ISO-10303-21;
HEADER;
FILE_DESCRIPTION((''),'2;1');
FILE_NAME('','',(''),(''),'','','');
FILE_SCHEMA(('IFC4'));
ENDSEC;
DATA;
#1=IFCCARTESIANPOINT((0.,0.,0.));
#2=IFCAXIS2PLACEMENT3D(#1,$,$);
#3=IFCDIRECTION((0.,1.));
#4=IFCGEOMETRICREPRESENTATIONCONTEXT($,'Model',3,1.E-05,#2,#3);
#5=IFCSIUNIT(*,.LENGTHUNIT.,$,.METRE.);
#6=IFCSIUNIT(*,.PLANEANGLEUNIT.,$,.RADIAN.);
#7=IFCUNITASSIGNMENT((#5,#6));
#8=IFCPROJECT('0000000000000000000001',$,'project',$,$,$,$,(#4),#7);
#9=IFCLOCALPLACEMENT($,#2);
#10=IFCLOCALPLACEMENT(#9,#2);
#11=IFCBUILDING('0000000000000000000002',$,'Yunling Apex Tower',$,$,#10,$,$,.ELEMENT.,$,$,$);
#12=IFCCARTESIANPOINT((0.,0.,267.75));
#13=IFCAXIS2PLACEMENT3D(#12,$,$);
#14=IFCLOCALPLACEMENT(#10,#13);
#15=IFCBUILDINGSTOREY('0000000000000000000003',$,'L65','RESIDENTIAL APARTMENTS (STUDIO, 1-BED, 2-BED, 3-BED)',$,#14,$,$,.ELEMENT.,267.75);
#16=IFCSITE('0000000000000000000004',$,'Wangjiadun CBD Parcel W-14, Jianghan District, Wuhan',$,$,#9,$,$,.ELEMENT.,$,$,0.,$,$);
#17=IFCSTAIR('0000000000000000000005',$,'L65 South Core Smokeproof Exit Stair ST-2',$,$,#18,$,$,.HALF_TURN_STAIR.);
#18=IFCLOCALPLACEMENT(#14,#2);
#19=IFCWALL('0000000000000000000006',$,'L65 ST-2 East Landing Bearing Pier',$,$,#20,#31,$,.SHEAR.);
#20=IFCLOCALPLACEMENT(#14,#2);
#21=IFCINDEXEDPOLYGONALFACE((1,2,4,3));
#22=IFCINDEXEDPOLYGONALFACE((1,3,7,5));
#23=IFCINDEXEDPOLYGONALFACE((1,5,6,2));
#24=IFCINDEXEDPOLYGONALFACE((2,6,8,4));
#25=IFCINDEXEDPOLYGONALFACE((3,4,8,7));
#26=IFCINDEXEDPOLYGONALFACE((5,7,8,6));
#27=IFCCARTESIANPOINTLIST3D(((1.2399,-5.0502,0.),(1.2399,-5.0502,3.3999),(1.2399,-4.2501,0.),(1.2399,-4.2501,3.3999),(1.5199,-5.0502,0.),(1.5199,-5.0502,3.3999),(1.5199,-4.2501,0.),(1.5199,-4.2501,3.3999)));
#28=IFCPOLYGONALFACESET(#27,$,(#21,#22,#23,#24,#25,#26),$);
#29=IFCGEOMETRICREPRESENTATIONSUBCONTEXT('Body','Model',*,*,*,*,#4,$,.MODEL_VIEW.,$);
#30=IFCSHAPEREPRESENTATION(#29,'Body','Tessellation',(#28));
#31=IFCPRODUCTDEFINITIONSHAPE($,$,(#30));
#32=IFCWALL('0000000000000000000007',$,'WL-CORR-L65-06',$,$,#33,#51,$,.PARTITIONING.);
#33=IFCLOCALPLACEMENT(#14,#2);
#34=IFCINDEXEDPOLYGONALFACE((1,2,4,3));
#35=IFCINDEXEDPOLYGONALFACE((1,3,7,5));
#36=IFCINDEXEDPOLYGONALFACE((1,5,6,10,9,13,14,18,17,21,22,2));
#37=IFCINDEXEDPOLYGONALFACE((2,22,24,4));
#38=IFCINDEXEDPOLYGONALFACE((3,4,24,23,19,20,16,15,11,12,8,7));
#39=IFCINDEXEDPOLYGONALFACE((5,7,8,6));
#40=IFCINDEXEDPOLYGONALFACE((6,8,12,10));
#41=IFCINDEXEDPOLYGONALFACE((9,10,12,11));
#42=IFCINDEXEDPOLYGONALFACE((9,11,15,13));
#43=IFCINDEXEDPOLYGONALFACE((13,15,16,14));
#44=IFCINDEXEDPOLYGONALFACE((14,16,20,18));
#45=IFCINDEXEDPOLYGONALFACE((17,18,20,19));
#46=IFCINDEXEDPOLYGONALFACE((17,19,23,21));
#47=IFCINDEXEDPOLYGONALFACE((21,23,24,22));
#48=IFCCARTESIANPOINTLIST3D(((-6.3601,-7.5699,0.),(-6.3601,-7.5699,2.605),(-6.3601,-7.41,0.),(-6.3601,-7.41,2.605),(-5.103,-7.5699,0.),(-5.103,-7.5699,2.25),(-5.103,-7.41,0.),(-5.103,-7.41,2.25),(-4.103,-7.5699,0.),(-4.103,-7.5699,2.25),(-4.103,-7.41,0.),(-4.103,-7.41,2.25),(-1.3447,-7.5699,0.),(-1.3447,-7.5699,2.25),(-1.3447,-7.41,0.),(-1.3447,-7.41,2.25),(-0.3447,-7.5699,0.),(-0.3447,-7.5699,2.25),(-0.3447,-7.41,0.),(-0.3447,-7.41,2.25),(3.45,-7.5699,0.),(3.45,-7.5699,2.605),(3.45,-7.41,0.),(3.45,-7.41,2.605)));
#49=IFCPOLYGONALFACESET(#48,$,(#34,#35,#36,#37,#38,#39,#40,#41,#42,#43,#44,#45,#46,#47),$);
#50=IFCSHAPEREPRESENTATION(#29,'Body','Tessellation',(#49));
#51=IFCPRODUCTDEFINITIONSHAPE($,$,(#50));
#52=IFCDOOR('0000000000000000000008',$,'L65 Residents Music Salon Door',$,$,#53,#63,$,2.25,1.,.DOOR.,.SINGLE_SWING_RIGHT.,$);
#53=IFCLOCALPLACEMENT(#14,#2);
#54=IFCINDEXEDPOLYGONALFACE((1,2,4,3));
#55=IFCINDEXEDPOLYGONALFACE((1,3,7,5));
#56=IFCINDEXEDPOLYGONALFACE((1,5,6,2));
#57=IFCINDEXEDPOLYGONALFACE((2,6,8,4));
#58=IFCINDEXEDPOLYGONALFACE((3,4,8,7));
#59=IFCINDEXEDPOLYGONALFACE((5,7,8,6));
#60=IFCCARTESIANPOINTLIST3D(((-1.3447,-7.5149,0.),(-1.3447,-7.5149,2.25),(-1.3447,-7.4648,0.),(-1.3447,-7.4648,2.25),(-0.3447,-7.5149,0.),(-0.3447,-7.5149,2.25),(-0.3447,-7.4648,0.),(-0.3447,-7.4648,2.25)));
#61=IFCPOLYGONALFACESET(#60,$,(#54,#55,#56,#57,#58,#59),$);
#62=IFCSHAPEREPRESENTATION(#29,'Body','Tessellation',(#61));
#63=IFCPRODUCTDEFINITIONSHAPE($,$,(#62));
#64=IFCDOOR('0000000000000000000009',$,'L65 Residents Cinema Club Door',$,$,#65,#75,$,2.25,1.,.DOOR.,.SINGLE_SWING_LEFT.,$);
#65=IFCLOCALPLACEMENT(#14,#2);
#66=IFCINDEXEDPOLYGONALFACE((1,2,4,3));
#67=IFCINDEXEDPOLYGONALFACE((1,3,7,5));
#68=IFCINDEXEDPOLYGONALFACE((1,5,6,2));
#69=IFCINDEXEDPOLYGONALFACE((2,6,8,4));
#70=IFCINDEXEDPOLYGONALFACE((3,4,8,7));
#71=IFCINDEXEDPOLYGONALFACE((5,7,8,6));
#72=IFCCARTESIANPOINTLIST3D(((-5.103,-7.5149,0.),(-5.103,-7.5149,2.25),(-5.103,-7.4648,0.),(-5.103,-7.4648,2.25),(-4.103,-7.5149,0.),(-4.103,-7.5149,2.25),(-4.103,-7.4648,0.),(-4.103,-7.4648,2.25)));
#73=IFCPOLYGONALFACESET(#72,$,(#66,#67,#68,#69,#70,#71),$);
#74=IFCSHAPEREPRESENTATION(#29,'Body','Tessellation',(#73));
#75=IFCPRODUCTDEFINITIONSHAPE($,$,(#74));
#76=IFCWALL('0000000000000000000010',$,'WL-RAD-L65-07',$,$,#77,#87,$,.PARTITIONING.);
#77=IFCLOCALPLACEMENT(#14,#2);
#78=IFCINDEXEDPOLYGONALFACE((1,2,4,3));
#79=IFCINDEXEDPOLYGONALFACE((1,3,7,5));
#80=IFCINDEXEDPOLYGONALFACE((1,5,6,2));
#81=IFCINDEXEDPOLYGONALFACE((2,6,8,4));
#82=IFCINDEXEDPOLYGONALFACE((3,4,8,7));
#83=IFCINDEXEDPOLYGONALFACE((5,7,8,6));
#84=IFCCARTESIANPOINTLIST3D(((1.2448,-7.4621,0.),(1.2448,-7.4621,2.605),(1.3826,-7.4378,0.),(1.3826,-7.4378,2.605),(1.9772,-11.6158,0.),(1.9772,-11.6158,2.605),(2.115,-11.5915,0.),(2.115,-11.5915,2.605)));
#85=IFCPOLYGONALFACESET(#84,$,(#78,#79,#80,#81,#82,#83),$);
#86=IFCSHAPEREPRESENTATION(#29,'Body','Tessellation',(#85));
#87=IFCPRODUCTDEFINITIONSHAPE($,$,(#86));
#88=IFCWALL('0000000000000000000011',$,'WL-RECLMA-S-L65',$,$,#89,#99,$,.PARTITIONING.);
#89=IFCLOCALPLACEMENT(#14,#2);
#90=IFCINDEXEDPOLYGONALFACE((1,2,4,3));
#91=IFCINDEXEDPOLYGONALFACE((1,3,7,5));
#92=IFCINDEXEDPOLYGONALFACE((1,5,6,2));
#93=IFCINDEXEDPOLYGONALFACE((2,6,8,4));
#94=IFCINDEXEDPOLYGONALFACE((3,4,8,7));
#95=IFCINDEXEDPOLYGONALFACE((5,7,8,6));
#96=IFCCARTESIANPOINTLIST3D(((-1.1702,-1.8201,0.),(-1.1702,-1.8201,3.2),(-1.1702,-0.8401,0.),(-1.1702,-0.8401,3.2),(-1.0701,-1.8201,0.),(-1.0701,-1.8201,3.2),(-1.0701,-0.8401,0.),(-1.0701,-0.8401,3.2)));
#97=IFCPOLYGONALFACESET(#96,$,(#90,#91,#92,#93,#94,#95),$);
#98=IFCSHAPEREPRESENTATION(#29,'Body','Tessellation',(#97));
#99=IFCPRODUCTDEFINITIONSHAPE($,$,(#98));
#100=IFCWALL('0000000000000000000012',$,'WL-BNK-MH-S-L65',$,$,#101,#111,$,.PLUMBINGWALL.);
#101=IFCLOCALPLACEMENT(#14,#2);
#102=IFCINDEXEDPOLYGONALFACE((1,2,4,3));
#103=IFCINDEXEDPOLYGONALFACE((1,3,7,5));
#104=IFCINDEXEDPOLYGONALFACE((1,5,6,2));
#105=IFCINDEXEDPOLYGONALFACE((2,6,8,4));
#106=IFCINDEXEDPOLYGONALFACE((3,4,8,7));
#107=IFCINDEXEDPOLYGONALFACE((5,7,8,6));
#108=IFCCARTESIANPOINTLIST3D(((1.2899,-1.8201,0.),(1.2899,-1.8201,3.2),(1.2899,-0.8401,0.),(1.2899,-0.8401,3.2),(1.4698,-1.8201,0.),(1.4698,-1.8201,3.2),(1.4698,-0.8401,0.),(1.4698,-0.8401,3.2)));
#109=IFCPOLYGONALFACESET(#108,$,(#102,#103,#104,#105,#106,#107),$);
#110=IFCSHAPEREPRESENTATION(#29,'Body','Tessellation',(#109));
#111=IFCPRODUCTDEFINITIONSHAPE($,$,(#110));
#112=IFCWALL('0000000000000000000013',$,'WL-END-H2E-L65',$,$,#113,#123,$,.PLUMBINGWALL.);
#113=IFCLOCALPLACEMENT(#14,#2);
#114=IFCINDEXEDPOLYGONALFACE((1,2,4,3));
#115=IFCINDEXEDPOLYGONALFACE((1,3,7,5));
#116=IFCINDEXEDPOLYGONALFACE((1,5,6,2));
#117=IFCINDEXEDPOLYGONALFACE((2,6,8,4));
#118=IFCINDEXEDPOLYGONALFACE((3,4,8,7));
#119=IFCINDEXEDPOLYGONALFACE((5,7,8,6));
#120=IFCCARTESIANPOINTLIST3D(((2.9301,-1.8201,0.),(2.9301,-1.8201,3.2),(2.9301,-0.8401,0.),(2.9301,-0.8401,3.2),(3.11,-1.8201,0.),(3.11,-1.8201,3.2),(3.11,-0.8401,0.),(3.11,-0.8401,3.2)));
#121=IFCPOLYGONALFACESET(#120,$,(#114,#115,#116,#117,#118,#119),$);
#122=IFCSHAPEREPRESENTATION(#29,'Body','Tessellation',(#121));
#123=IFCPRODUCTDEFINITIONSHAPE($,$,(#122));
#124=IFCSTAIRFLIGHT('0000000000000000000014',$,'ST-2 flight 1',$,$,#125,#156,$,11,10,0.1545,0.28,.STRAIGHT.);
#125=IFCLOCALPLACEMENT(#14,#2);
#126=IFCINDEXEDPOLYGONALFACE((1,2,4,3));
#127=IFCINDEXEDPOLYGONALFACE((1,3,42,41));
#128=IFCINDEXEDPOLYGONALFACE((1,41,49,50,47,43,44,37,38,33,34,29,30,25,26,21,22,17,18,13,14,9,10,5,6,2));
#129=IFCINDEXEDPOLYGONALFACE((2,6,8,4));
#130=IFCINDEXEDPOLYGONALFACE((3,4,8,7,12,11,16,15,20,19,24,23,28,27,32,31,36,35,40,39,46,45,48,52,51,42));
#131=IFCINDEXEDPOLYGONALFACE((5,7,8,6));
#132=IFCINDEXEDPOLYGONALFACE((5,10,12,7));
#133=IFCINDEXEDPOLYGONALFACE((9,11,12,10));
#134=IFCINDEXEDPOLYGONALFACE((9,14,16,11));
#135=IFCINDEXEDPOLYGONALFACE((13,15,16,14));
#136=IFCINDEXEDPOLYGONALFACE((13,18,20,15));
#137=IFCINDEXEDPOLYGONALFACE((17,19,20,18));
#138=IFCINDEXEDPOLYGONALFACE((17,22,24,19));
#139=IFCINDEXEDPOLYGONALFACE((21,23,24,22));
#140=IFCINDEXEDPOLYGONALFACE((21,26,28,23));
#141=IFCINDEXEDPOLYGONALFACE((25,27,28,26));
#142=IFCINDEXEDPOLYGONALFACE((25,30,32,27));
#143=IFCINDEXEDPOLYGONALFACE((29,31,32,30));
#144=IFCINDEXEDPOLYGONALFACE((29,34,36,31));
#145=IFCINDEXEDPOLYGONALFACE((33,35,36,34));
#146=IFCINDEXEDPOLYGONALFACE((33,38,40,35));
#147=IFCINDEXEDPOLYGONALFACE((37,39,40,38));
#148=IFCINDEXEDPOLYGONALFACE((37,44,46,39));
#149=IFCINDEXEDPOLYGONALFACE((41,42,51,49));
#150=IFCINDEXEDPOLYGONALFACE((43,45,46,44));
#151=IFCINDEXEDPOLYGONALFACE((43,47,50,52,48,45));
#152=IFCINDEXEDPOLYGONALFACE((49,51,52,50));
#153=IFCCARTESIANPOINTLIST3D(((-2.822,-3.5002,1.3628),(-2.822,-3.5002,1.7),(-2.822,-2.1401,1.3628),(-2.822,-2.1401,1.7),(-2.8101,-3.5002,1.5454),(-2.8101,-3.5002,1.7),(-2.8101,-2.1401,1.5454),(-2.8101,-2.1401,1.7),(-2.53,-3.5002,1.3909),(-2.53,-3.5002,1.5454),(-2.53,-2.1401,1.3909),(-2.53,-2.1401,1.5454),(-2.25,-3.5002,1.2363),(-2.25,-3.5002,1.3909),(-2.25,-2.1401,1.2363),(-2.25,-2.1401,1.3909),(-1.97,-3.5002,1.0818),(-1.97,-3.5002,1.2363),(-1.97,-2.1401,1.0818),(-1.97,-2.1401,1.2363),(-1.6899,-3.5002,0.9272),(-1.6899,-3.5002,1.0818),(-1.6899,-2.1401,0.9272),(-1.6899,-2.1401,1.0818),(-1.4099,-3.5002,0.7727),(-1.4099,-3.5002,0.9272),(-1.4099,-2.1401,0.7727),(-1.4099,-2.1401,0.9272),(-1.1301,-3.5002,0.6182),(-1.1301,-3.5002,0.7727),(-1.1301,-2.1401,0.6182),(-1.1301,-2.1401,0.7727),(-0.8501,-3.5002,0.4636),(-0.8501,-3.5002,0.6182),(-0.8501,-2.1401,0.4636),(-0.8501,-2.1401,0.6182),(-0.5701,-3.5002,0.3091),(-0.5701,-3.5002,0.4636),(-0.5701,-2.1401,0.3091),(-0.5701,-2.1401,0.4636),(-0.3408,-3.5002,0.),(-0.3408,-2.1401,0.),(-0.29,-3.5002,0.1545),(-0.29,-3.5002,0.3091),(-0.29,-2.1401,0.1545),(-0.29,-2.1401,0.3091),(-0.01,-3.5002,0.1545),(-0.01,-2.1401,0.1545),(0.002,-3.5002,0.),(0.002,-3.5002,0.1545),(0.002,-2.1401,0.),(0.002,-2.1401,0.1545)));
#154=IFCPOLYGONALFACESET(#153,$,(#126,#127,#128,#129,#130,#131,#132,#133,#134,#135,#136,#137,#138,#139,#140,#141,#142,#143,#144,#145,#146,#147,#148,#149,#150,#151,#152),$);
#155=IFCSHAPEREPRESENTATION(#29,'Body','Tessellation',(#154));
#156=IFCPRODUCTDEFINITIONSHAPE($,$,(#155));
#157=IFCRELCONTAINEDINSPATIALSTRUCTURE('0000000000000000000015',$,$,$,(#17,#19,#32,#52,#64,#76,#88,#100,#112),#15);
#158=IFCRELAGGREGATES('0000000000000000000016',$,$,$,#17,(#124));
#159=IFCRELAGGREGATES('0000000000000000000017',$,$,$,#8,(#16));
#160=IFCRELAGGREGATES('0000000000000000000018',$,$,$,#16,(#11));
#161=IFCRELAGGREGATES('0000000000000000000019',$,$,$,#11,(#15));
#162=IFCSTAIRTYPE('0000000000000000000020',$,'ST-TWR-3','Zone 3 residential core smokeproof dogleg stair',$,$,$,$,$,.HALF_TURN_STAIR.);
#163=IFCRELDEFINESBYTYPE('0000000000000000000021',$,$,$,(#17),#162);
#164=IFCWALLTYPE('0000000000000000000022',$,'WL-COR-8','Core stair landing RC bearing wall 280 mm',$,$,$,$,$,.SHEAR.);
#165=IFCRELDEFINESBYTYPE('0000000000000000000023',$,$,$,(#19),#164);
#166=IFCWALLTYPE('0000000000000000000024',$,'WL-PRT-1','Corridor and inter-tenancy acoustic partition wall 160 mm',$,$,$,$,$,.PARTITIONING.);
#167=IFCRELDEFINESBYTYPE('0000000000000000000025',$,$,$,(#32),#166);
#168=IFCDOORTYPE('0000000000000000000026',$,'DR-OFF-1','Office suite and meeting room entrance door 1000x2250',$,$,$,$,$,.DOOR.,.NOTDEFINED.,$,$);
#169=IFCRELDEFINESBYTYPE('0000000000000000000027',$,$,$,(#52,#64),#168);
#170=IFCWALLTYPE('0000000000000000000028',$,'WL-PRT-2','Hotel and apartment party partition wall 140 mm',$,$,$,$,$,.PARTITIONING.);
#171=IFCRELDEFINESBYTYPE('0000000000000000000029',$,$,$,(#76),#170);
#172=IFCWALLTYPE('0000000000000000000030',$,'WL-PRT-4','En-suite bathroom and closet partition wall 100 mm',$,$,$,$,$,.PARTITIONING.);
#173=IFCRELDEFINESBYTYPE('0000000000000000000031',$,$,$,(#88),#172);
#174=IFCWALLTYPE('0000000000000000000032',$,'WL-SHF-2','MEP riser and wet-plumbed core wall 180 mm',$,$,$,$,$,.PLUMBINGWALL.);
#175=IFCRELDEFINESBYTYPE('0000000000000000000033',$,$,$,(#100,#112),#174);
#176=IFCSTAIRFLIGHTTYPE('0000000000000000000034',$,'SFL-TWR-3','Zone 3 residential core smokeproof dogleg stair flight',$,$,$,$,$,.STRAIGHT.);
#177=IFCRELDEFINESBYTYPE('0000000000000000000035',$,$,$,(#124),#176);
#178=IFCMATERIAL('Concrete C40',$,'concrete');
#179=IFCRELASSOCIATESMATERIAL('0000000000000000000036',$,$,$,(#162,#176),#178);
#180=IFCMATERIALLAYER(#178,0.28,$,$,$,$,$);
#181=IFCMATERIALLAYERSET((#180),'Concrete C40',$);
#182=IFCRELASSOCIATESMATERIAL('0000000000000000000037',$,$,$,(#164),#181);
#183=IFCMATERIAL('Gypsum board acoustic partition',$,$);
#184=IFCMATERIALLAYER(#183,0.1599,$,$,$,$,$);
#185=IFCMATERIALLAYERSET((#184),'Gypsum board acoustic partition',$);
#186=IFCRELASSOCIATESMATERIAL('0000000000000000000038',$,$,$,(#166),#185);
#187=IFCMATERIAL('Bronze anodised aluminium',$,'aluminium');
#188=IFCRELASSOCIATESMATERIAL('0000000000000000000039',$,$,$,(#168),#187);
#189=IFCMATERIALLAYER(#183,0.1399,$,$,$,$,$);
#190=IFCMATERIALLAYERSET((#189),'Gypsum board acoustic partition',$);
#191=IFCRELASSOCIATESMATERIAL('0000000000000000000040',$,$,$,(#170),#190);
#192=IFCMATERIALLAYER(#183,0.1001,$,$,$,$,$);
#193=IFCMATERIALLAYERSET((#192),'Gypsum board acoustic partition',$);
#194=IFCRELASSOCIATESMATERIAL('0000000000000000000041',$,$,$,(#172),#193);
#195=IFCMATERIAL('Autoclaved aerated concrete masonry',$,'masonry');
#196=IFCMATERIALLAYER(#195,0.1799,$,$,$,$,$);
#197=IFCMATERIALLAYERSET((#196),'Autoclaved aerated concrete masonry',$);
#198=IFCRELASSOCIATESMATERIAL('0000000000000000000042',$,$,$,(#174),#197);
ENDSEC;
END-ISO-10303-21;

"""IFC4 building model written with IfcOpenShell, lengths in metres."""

from ifc_helpers import new_model, si_unit, direction, frame, frame_2d, origin, place, context, subcontext, project, spatial, polyline, rectangle, outline, extrude, material, layer, layer_set, type_object, element, fill, aggregate, save


model = new_model("IFC4")

# Units and contexts
model_context = context("Model", 3, precision=1e-05, world=origin(), true_north=direction((0.0, 1.0)))
body_context = subcontext(model_context, "Body", "Model", "MODEL_VIEW")
ifc_project = project(units=[si_unit("LENGTHUNIT", "METRE"), si_unit("PLANEANGLEUNIT", "RADIAN")], contexts=[model_context])

# Site, building, storey
site_placement = place(None, origin())
site = spatial("IfcSite", under=ifc_project, at=site_placement, Name="Wangjiadun CBD Parcel W-14, Jianghan District, Wuhan", CompositionType="ELEMENT", RefElevation=0.0)
building_placement = place(site_placement, origin())
building = spatial("IfcBuilding", under=site, at=building_placement, Name="Yunling Apex Tower", CompositionType="ELEMENT")
storey_placement = place(building_placement, frame((0.0, 0.0, 267.75)))
storey = spatial("IfcBuildingStorey", under=building, at=storey_placement, Name="L65", Description="RESIDENTIAL APARTMENTS (STUDIO, 1-BED, 2-BED, 3-BED)", CompositionType="ELEMENT", Elevation=267.75)

# Shared definitions
ifc_material_1 = material(Name="Bronze anodised aluminium", Category="aluminium")

# Shared definitions
ifc_material_2 = material(Name="Concrete C40", Category="concrete")

# Stair
stair_type = type_object("IfcStairType", Name="ST-TWR-3", Description="Zone 3 residential core smokeproof dogleg stair", PredefinedType="HALF_TURN_STAIR", material=ifc_material_2)
stair_1_placement = place(storey_placement, origin())
stair_1 = element("IfcStair", 1, at=stair_1_placement, inside=storey, type_object=stair_type, Name="L65 South Core Smokeproof Exit Stair ST-2", PredefinedType="HALF_TURN_STAIR")

# Wall
ifc_layer_1 = layer(ifc_material_2, 0.28)
ifc_layer_set_1 = layer_set([ifc_layer_1], Name="Concrete C40")
wall_type_1 = type_object("IfcWallType", Name="WL-COR-8", Description="Core stair landing RC bearing wall 280 mm", PredefinedType="SHEAR", material=ifc_layer_set_1)
wall_1_placement = place(storey_placement, frame((1.3799, -5.05, 0.0), z_axis=(0.0, 0.0, 1.0), x_axis=(0.0, 1.0, 0.0)))
element("IfcWall", 2, at=wall_1_placement, inside=storey, type_object=wall_type_1, Name="L65 ST-2 East Landing Bearing Pier", PredefinedType="SHEAR", context=body_context, shape_type="SweptSolid", body=[
    extrude(rectangle(XDim=0.8, YDim=0.28, at=frame_2d((0.3999, 0.0))), origin(), (0.0, 0.0, 1.0), 3.3999),
])

# Wall, openings, doors
ifc_material_3 = material(Name="Gypsum board acoustic partition")
ifc_layer_2 = layer(ifc_material_3, 0.1599)
ifc_layer_set_2 = layer_set([ifc_layer_2], Name="Gypsum board acoustic partition")
wall_type_2 = type_object("IfcWallType", Name="WL-PRT-1", Description="Corridor and inter-tenancy acoustic partition wall 160 mm", PredefinedType="PARTITIONING", material=ifc_layer_set_2)
wall_2_placement = place(storey_placement, frame((3.45, -7.49, 0.0), z_axis=(0.0, 0.0, 1.0), x_axis=(-1.0, 0.0, 0.0)))
wall_2 = element("IfcWall", 3, at=wall_2_placement, inside=storey, type_object=wall_type_2, Name="WL-CORR-L65-06", PredefinedType="PARTITIONING", context=body_context, shape_type="SweptSolid", body=[
    extrude(rectangle(XDim=9.8101, YDim=0.1599, at=frame_2d((4.905, 0.0))), origin(), (0.0, 0.0, 1.0), 2.605),
])
opening_1_placement = place(wall_2_placement, frame((3.7947, 0.0, 0.0)))
opening_1 = element("IfcOpeningElement", 4, at=opening_1_placement, cuts=wall_2, PredefinedType="OPENING", context=body_context, shape_type="SweptSolid", body=[
    extrude(rectangle(XDim=1.0, YDim=2.25, at=frame_2d((0.5, 1.125))), frame((0.0, 0.0898, 0.0), z_axis=(0.0, -1.0, 0.0), x_axis=(1.0, 0.0, 0.0)), (0.0, 0.0, 1.0), 0.1799),
])
opening_2_placement = place(wall_2_placement, frame((7.553, 0.0, 0.0)))
opening_2 = element("IfcOpeningElement", 5, at=opening_2_placement, cuts=wall_2, PredefinedType="OPENING", context=body_context, shape_type="SweptSolid", body=[
    extrude(rectangle(XDim=1.0, YDim=2.25, at=frame_2d((0.5, 1.125))), frame((0.0, 0.0898, 0.0), z_axis=(0.0, -1.0, 0.0), x_axis=(1.0, 0.0, 0.0)), (0.0, 0.0, 1.0), 0.1799),
])
door_type_1 = type_object("IfcDoorType", Name="DR-OFF-1", Description="Office suite and meeting room entrance door 1000x2250", OperationType="NOTDEFINED", PredefinedType="DOOR", material=ifc_material_1)
door_1_placement = place(opening_1_placement, origin())
door_1 = element("IfcDoor", 6, at=door_1_placement, inside=storey, type_object=door_type_1, Name="L65 Residents Music Salon Door", OperationType="SINGLE_SWING_RIGHT", OverallHeight=2.25, OverallWidth=1.0, PredefinedType="DOOR", context=body_context, shape_type="SweptSolid", body=[
    extrude(rectangle(XDim=1.0, YDim=2.25, at=frame_2d((0.5, 1.125))), frame((0.0, 0.0249, 0.0), z_axis=(0.0, -1.0, 0.0), x_axis=(1.0, 0.0, 0.0)), (0.0, 0.0, 1.0), 0.05),
])
fill(opening_1, door_1)
door_2_placement = place(opening_2_placement, origin())
door_2 = element("IfcDoor", 7, at=door_2_placement, inside=storey, type_object=door_type_1, Name="L65 Residents Cinema Club Door", OperationType="SINGLE_SWING_LEFT", OverallHeight=2.25, OverallWidth=1.0, PredefinedType="DOOR", context=body_context, shape_type="SweptSolid", body=[
    extrude(rectangle(XDim=1.0, YDim=2.25, at=frame_2d((0.5, 1.125))), frame((0.0, 0.0249, 0.0), z_axis=(0.0, -1.0, 0.0), x_axis=(1.0, 0.0, 0.0)), (0.0, 0.0, 1.0), 0.05),
])
fill(opening_2, door_2)

# Walls
ifc_layer_3 = layer(ifc_material_3, 0.1399)
ifc_layer_set_3 = layer_set([ifc_layer_3], Name="Gypsum board acoustic partition")
wall_type_3 = type_object("IfcWallType", Name="WL-PRT-2", Description="Hotel and apartment party partition wall 140 mm", PredefinedType="PARTITIONING", material=ifc_layer_set_3)
wall_3_placement = place(storey_placement, frame((1.3137, -7.45, 0.0), z_axis=(0.0, 0.0, 1.0), x_axis=(0.173647, -0.984808, 0.0)))
element("IfcWall", 8, at=wall_3_placement, inside=storey, type_object=wall_type_3, Name="WL-RAD-L65-07", PredefinedType="PARTITIONING", context=body_context, shape_type="SweptSolid", body=[
    extrude(rectangle(XDim=4.2178, YDim=0.1399, at=frame_2d((2.1089, 0.0))), origin(), (0.0, 0.0, 1.0), 2.605),
])
ifc_layer_4 = layer(ifc_material_3, 0.1001)
ifc_layer_set_4 = layer_set([ifc_layer_4], Name="Gypsum board acoustic partition")
wall_type_4 = type_object("IfcWallType", Name="WL-PRT-4", Description="En-suite bathroom and closet partition wall 100 mm", PredefinedType="PARTITIONING", material=ifc_layer_set_4)
wall_4_placement = place(storey_placement, frame((-1.1201, -1.8201, 0.0), z_axis=(0.0, 0.0, 1.0), x_axis=(0.0, 1.0, 0.0)))
element("IfcWall", 9, at=wall_4_placement, inside=storey, type_object=wall_type_4, Name="WL-RECLMA-S-L65", PredefinedType="PARTITIONING", context=body_context, shape_type="SweptSolid", body=[
    extrude(rectangle(XDim=0.98, YDim=0.1001, at=frame_2d((0.49, 0.0))), origin(), (0.0, 0.0, 1.0), 3.2),
])

# Shared definitions
ifc_material_4 = material(Name="Autoclaved aerated concrete masonry", Category="masonry")

# Walls
ifc_layer_5 = layer(ifc_material_4, 0.1799)
ifc_layer_set_5 = layer_set([ifc_layer_5], Name="Autoclaved aerated concrete masonry")
wall_type_5 = type_object("IfcWallType", Name="WL-SHF-2", Description="MEP riser and wet-plumbed core wall 180 mm", PredefinedType="PLUMBINGWALL", material=ifc_layer_set_5)
for number, where, z_axis, x_axis, name in (
    (10, (1.3799, -1.8201, 0.0), (0.0, 0.0, 1.0), (0.0, 1.0, 0.0), "WL-BNK-MH-S-L65"),
    (11, (3.02, -1.8201, 0.0), (0.0, 0.0, 1.0), (0.0, 1.0, 0.0), "WL-END-H2E-L65"),
):
    element("IfcWall", number, at=place(storey_placement, frame(where, z_axis=z_axis, x_axis=x_axis)), inside=storey, type_object=wall_type_5, Name=name, PredefinedType="PLUMBINGWALL", context=body_context, shape_type="SweptSolid", body=[
        extrude(rectangle(XDim=0.98, YDim=0.1799, at=frame_2d((0.49, 0.0))), origin(), (0.0, 0.0, 1.0), 3.2),
    ])

# Stair flight
stair_flight_type = type_object("IfcStairFlightType", Name="SFL-TWR-3", Description="Zone 3 residential core smokeproof dogleg stair flight", PredefinedType="STRAIGHT", material=ifc_material_2)
stair_flight_1_placement = place(storey_placement, frame((-0.01, -2.8201, 0.0), z_axis=(0.0, 0.0, 1.0), x_axis=(-1.0, 0.0, 0.0)))
stair_flight_1 = element("IfcStairFlight", 12, at=stair_flight_1_placement, type_object=stair_flight_type, Name="ST-2 flight 1", NumberOfRisers=11, NumberOfTreads=10, PredefinedType="STRAIGHT", RiserHeight=0.1545, TreadLength=0.28, context=body_context, shape_type="SweptSolid", body=[
    extrude(outline(polyline([(-0.012, 0.0), (-0.012, 0.1545), (0.0, 0.1545), (0.28, 0.1545), (0.28, 0.3091), (0.5601, 0.3091), (0.5601, 0.4636), (0.8401, 0.4636), (0.8401, 0.6182), (1.1201, 0.6182), (1.1201, 0.7727), (1.3999, 0.7727), (1.3999, 0.9272), (1.6799, 0.9272), (1.6799, 1.0818), (1.96, 1.0818), (1.96, 1.2363), (2.24, 1.2363), (2.24, 1.3909), (2.52, 1.3909), (2.52, 1.5454), (2.8, 1.5454), (2.8, 1.7), (2.812, 1.7), (2.812, 1.3628), (0.3308, 0.0), (-0.012, 0.0)])), frame((0.0, 0.6802, 0.0), z_axis=(0.0, -1.0, 0.0), x_axis=(1.0, 0.0, 0.0)), (0.0, 0.0, 1.0), 1.3601),
])
aggregate(stair_1, [stair_flight_1])

save(model, "model.ifc")
